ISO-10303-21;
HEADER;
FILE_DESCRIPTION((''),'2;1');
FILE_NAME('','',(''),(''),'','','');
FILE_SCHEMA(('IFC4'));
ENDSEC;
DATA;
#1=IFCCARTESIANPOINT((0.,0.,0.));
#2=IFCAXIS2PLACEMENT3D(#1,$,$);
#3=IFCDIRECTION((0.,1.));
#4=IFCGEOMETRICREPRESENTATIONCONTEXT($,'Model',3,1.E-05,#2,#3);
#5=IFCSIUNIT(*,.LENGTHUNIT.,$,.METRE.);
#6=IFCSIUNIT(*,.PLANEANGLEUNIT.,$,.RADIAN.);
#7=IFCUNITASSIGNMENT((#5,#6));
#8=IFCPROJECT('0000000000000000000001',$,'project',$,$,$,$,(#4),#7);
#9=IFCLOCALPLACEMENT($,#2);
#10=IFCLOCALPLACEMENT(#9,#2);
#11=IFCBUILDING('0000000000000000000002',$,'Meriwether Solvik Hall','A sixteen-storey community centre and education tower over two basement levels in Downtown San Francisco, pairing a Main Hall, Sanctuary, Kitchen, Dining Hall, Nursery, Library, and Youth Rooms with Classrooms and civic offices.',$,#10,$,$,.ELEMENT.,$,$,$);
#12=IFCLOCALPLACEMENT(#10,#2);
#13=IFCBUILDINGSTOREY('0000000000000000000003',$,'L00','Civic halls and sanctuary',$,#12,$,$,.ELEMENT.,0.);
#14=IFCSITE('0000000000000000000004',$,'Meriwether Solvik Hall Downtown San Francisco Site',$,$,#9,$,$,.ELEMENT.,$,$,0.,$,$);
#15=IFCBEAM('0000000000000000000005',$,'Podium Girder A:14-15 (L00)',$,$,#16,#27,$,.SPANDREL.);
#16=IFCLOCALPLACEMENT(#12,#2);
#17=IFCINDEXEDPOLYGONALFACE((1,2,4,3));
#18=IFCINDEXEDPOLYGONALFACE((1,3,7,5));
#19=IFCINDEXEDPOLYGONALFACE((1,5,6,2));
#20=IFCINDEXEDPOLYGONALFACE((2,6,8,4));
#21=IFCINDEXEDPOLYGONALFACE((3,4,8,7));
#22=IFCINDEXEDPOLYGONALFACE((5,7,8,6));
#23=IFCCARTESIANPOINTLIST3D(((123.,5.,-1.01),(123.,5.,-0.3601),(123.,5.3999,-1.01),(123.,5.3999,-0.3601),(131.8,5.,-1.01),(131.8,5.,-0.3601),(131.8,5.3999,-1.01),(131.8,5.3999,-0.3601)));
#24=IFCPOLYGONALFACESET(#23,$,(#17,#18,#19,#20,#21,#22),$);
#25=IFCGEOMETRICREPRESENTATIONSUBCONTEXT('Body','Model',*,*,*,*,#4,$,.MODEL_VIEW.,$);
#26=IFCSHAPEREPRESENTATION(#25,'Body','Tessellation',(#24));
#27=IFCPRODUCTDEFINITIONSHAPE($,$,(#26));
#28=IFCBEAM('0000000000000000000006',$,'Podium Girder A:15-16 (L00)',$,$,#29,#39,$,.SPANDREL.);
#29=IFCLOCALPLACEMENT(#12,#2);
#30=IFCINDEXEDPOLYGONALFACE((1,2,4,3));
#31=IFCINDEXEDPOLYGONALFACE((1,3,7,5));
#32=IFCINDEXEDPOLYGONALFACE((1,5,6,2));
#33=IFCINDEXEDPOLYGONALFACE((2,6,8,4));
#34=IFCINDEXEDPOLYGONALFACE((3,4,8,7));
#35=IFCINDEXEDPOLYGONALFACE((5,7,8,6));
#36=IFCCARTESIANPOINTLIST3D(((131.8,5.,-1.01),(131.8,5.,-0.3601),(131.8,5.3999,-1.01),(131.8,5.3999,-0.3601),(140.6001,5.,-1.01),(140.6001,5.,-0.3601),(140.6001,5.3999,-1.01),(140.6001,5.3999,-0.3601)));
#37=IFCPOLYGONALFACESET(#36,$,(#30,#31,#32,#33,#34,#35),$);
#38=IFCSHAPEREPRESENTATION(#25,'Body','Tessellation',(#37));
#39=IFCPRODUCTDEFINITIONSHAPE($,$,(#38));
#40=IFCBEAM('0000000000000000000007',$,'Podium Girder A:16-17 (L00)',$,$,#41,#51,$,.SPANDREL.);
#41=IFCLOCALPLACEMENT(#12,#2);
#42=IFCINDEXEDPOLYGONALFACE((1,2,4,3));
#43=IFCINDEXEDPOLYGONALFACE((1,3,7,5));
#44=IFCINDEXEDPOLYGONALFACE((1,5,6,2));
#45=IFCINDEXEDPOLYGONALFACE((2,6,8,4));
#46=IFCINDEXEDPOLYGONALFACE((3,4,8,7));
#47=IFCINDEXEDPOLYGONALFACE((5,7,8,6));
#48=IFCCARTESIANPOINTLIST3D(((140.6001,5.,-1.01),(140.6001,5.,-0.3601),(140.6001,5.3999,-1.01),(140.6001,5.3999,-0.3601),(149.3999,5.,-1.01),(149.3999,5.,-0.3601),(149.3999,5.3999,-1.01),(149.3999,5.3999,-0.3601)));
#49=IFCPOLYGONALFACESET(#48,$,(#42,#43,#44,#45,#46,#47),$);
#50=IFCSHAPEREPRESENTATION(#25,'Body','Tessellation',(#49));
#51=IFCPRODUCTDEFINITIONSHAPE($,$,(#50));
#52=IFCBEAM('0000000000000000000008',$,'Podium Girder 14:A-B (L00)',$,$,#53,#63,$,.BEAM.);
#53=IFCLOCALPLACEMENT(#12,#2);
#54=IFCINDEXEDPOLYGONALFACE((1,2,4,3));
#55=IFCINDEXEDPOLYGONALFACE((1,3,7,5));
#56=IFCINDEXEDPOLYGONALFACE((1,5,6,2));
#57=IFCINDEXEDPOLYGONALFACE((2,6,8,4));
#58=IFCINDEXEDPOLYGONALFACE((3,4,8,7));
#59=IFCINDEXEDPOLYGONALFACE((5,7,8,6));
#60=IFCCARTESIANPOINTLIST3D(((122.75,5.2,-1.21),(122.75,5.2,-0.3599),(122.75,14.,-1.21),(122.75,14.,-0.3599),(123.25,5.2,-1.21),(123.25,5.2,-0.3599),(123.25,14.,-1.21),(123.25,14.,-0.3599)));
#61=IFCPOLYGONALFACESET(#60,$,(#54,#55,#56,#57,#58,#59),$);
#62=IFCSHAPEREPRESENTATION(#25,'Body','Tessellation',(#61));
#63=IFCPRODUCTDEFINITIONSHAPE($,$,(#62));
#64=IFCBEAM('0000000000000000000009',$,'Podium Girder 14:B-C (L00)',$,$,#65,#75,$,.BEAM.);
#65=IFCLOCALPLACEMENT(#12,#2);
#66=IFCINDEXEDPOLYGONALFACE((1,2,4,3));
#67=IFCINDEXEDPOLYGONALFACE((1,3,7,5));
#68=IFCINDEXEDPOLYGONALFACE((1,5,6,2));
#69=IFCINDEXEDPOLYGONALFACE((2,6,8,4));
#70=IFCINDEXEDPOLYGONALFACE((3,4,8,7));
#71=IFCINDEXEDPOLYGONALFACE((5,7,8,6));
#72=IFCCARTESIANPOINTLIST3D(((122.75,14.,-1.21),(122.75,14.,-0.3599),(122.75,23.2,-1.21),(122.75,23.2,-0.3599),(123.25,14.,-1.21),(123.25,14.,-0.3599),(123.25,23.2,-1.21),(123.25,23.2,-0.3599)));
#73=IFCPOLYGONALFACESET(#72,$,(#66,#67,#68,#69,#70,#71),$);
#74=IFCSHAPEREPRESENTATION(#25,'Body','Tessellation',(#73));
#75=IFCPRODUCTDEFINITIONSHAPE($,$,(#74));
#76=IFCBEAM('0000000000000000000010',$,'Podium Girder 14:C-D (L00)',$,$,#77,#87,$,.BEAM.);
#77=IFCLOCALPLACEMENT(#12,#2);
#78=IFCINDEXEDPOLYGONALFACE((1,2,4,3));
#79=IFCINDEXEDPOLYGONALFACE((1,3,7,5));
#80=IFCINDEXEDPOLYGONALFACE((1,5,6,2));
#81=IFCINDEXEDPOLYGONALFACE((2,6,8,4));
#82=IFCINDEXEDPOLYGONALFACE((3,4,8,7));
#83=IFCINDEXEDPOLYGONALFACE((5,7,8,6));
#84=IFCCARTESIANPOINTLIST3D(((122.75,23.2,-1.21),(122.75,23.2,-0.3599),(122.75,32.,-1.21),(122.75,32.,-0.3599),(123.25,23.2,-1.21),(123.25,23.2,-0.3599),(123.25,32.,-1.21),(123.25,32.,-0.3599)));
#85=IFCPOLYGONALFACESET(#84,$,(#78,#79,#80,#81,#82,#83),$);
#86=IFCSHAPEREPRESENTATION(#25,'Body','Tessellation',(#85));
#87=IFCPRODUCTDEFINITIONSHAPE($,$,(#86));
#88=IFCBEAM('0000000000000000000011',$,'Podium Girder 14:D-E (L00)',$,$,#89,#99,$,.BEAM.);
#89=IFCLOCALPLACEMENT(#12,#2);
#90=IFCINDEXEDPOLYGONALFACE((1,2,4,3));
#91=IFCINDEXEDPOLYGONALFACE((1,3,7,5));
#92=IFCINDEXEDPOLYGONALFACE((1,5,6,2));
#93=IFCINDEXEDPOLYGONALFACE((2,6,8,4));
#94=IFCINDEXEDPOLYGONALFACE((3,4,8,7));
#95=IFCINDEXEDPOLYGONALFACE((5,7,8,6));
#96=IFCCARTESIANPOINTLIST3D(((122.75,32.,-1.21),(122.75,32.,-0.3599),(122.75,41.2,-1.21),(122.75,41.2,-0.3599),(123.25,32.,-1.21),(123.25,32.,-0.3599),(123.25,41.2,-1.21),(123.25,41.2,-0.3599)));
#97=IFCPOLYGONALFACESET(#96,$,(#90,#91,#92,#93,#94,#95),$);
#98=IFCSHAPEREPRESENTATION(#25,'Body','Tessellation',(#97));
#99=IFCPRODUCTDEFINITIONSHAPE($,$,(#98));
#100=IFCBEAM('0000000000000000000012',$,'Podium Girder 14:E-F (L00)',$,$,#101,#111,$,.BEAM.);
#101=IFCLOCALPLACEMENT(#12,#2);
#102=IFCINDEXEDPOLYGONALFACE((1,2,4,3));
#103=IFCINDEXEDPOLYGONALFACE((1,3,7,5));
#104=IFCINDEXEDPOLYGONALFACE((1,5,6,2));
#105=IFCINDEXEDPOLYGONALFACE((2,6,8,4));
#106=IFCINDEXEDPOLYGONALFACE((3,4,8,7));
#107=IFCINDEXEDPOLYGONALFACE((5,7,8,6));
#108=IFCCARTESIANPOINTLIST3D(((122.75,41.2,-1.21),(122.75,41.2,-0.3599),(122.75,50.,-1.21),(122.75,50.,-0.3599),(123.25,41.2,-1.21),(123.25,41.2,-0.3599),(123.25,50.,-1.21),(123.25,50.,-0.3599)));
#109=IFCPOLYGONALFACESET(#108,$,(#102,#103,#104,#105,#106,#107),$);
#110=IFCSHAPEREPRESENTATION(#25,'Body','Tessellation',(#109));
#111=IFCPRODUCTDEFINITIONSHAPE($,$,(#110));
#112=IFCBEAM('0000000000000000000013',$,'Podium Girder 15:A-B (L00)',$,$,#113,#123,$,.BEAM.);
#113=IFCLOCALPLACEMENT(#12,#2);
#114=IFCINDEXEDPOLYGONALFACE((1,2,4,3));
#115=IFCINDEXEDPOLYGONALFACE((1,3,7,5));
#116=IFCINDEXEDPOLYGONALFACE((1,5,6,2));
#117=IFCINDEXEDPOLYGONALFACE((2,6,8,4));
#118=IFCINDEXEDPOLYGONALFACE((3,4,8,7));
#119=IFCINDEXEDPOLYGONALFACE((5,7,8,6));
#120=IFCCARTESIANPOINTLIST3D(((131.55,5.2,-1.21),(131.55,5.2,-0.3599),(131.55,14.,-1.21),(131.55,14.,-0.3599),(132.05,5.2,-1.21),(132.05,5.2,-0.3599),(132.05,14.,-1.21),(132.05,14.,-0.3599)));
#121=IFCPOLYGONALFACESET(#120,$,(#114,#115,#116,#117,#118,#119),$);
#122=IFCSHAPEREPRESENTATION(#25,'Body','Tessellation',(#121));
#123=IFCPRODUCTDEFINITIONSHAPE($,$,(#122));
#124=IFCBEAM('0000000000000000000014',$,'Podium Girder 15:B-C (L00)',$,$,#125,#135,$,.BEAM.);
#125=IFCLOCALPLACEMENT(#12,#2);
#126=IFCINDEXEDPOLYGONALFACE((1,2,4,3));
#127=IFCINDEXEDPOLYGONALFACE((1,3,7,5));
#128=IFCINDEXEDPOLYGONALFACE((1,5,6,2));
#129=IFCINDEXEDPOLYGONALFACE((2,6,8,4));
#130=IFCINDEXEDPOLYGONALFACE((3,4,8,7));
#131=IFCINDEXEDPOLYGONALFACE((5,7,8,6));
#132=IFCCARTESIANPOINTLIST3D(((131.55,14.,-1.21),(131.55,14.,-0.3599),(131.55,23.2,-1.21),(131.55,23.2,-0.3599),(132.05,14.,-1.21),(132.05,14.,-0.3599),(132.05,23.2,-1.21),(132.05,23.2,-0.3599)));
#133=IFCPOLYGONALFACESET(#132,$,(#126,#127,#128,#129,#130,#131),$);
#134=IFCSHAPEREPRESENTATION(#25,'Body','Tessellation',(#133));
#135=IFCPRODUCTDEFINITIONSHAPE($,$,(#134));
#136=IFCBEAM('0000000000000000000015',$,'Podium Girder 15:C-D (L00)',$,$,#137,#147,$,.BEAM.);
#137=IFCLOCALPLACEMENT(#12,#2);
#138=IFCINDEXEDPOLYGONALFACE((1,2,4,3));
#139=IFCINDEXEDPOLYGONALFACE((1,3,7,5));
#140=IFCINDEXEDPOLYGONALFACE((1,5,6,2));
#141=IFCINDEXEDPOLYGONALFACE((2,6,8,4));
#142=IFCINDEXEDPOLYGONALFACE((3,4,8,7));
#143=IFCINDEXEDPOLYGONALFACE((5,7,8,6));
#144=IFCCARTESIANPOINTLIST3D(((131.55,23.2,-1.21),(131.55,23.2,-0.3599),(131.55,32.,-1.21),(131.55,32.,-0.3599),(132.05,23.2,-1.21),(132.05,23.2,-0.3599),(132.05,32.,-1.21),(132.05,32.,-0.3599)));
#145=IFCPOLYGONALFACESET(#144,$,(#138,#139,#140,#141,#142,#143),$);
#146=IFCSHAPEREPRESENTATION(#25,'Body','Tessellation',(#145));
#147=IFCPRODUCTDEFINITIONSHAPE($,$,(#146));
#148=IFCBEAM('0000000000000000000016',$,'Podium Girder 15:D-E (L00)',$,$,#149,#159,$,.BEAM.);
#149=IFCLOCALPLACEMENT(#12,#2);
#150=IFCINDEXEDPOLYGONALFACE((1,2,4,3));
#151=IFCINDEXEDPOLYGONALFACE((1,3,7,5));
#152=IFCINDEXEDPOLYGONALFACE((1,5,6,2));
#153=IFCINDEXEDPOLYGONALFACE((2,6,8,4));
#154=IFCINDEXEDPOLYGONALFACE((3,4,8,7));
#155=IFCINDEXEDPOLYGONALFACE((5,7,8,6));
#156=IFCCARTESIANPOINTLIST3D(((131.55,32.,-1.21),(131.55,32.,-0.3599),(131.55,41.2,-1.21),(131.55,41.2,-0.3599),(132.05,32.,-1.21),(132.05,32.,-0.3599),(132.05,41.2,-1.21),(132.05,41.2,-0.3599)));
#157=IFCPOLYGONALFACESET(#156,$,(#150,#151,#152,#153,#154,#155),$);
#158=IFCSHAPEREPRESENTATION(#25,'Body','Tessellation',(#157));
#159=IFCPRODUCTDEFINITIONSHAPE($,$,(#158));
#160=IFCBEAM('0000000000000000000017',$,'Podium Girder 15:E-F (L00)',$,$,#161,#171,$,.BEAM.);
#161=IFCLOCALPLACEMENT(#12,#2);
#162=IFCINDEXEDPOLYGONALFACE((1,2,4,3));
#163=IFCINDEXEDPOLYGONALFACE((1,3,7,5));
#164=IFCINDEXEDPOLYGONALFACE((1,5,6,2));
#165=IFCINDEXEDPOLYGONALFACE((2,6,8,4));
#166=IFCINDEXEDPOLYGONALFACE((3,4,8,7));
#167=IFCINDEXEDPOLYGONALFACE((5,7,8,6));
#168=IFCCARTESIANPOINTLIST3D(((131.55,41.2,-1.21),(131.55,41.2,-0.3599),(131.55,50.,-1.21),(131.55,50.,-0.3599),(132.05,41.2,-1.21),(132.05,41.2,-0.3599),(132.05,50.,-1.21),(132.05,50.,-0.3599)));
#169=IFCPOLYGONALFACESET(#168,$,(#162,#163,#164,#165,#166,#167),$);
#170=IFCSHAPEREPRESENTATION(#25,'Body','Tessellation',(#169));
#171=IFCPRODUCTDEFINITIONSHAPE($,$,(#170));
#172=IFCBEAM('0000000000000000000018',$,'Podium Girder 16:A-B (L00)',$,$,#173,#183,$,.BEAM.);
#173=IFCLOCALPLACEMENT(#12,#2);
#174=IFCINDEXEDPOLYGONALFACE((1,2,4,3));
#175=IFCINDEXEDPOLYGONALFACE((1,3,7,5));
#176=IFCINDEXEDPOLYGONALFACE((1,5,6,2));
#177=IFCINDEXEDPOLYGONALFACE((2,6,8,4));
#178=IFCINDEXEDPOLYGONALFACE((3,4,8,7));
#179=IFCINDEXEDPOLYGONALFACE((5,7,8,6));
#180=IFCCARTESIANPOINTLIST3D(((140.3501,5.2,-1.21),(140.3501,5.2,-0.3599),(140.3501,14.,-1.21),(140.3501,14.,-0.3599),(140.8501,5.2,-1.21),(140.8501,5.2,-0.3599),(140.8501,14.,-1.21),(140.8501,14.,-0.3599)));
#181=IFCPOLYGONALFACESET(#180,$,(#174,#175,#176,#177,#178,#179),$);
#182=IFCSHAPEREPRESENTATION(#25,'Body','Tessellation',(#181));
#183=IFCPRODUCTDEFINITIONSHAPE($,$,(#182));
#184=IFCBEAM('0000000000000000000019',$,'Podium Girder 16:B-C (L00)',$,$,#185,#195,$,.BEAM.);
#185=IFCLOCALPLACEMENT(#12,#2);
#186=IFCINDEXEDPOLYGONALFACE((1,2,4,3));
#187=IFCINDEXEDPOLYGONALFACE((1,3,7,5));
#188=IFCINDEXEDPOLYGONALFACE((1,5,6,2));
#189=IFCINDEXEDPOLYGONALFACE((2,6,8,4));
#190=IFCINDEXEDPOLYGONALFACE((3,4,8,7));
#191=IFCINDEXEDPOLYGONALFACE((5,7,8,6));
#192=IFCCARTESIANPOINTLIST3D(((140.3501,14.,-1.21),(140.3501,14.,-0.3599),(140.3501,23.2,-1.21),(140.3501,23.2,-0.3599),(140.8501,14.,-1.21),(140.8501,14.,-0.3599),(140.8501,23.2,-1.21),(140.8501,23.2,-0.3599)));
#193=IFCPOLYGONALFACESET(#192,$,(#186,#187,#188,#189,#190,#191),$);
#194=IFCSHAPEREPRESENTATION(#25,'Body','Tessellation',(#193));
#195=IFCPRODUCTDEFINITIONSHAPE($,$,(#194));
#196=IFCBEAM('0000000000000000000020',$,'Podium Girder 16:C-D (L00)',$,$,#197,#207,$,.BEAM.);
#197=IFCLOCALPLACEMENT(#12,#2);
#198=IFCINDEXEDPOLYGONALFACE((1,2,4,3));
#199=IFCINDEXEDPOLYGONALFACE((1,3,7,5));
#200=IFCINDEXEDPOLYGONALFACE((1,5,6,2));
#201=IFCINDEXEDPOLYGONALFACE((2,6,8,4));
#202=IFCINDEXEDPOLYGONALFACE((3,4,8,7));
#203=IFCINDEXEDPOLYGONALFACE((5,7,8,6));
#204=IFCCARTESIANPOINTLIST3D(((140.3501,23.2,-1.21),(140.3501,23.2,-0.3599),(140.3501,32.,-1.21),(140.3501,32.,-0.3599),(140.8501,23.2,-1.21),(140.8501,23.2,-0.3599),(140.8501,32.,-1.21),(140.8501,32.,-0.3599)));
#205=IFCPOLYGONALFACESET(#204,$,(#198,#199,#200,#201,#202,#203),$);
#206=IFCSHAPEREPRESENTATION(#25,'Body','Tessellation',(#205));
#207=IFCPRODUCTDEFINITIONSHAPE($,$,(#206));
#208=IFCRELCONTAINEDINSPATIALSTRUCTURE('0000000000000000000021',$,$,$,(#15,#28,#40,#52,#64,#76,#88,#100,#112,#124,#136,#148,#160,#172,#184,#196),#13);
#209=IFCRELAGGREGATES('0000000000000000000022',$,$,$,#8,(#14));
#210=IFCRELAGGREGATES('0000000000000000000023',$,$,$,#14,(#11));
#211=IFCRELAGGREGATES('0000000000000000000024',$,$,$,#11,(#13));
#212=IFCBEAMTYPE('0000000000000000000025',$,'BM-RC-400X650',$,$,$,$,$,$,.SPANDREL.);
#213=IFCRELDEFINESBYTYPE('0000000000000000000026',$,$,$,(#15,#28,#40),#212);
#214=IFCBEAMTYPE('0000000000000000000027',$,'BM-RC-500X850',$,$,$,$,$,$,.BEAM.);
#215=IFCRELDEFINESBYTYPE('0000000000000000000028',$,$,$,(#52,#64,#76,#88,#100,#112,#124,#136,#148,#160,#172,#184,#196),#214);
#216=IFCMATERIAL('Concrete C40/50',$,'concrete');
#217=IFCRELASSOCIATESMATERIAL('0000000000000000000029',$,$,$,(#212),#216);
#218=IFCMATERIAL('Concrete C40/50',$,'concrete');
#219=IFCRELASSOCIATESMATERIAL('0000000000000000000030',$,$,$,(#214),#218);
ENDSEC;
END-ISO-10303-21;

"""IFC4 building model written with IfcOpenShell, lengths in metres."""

from ifc_helpers import new_model, si_unit, direction, frame, origin, origin_2d, place, context, subcontext, project, spatial, rectangle, extrude, material, material_profile, profile_set, type_object, element, save


model = new_model("IFC4")

# Units and contexts
model_context = context("Model", 3, precision=1e-05, world=origin(), true_north=direction((0.0, 1.0)))
body_context = subcontext(model_context, "Body", "Model", "MODEL_VIEW")
ifc_project = project(units=[si_unit("LENGTHUNIT", "METRE"), si_unit("PLANEANGLEUNIT", "RADIAN")], contexts=[model_context])

# Site, building, storey
site_placement = place(None, origin())
site = spatial("IfcSite", under=ifc_project, at=site_placement, Name="Meriwether Solvik Hall Downtown San Francisco Site", CompositionType="ELEMENT", RefElevation=0.0)
building_placement = place(site_placement, origin())
building = spatial("IfcBuilding", under=site, at=building_placement, Name="Meriwether Solvik Hall", Description="A sixteen-storey community centre and education tower over two basement levels in Downtown San Francisco, pairing a Main Hall, Sanctuary, Kitchen, Dining Hall, Nursery, Library, and Youth Rooms with Classrooms and civic offices.", CompositionType="ELEMENT")
storey_placement = place(building_placement, origin())
storey = spatial("IfcBuildingStorey", under=building, at=storey_placement, Name="L00", Description="Civic halls and sanctuary", CompositionType="ELEMENT", Elevation=0.0)

# Beams
ifc_material_1 = material(Name="Concrete C40/50", Category="concrete")
ifc_material_profile_1 = material_profile(ifc_material_1, rectangle(XDim=0.3999, YDim=0.6499, at=origin_2d()), Name="RCB-400X650")
ifc_profile_set_1 = profile_set([ifc_material_profile_1], Name="Concrete C40/50")
beam_type_1 = type_object("IfcBeamType", Name="BM-RC-400X650", PredefinedType="SPANDREL", material=ifc_profile_set_1)
for number, where, z_axis, x_axis, name in (
    (1, (123.0, 5.2, -0.6851), (1.0, 0.0, 0.0), (0.0, 1.0, 0.0), "Podium Girder A:14-15 (L00)"),
    (2, (131.8, 5.2, -0.6851), (1.0, 0.0, 0.0), (0.0, 1.0, 0.0), "Podium Girder A:15-16 (L00)"),
):
    element("IfcBeam", number, at=place(storey_placement, frame(where, z_axis=z_axis, x_axis=x_axis)), inside=storey, type_object=beam_type_1, Name=name, PredefinedType="SPANDREL", context=body_context, shape_type="SweptSolid", body=[
        extrude(rectangle(XDim=0.3999, YDim=0.6499, at=origin_2d()), origin(), (0.0, 0.0, 1.0), 8.8),
    ])
beam_1_placement = place(storey_placement, frame((140.6001, 5.2, -0.6851), z_axis=(1.0, 0.0, 0.0), x_axis=(0.0, 1.0, 0.0)))
element("IfcBeam", 3, at=beam_1_placement, inside=storey, type_object=beam_type_1, Name="Podium Girder A:16-17 (L00)", PredefinedType="SPANDREL", context=body_context, shape_type="SweptSolid", body=[
    extrude(rectangle(XDim=0.3999, YDim=0.6499, at=origin_2d()), origin(), (0.0, 0.0, 1.0), 8.7998),
])
ifc_material_2 = material(Name="Concrete C40/50", Category="concrete")
ifc_material_profile_2 = material_profile(ifc_material_2, rectangle(XDim=0.5, YDim=0.8501, at=origin_2d()), Name="RCB-500X850")
ifc_profile_set_2 = profile_set([ifc_material_profile_2], Name="Concrete C40/50")
beam_type_2 = type_object("IfcBeamType", Name="BM-RC-500X850", PredefinedType="BEAM", material=ifc_profile_set_2)
beam_2_placement = place(storey_placement, frame((123.0, 5.2, -0.7849), z_axis=(0.0, 1.0, 0.0), x_axis=(-1.0, 0.0, 0.0)))
element("IfcBeam", 4, at=beam_2_placement, inside=storey, type_object=beam_type_2, Name="Podium Girder 14:A-B (L00)", PredefinedType="BEAM", context=body_context, shape_type="SweptSolid", body=[
    extrude(rectangle(XDim=0.5, YDim=0.8501, at=origin_2d()), origin(), (0.0, 0.0, 1.0), 8.8),
])
beam_3_placement = place(storey_placement, frame((123.0, 14.0, -0.7849), z_axis=(0.0, 1.0, 0.0), x_axis=(-1.0, 0.0, 0.0)))
element("IfcBeam", 5, at=beam_3_placement, inside=storey, type_object=beam_type_2, Name="Podium Girder 14:B-C (L00)", PredefinedType="BEAM", context=body_context, shape_type="SweptSolid", body=[
    extrude(rectangle(XDim=0.5, YDim=0.8501, at=origin_2d()), origin(), (0.0, 0.0, 1.0), 9.2),
])
beam_4_placement = place(storey_placement, frame((123.0, 23.2, -0.7849), z_axis=(0.0, 1.0, 0.0), x_axis=(-1.0, 0.0, 0.0)))
element("IfcBeam", 6, at=beam_4_placement, inside=storey, type_object=beam_type_2, Name="Podium Girder 14:C-D (L00)", PredefinedType="BEAM", context=body_context, shape_type="SweptSolid", body=[
    extrude(rectangle(XDim=0.5, YDim=0.8501, at=origin_2d()), origin(), (0.0, 0.0, 1.0), 8.8),
])
beam_5_placement = place(storey_placement, frame((123.0, 32.0, -0.7849), z_axis=(0.0, 1.0, 0.0), x_axis=(-1.0, 0.0, 0.0)))
element("IfcBeam", 7, at=beam_5_placement, inside=storey, type_object=beam_type_2, Name="Podium Girder 14:D-E (L00)", PredefinedType="BEAM", context=body_context, shape_type="SweptSolid", body=[
    extrude(rectangle(XDim=0.5, YDim=0.8501, at=origin_2d()), origin(), (0.0, 0.0, 1.0), 9.2),
])
for number, where, z_axis, x_axis, name in (
    (8, (123.0, 41.2, -0.7849), (0.0, 1.0, 0.0), (-1.0, 0.0, 0.0), "Podium Girder 14:E-F (L00)"),
    (9, (131.8, 5.2, -0.7849), (0.0, 1.0, 0.0), (-1.0, 0.0, 0.0), "Podium Girder 15:A-B (L00)"),
):
    element("IfcBeam", number, at=place(storey_placement, frame(where, z_axis=z_axis, x_axis=x_axis)), inside=storey, type_object=beam_type_2, Name=name, PredefinedType="BEAM", context=body_context, shape_type="SweptSolid", body=[
        extrude(rectangle(XDim=0.5, YDim=0.8501, at=origin_2d()), origin(), (0.0, 0.0, 1.0), 8.8),
    ])
beam_6_placement = place(storey_placement, frame((131.8, 14.0, -0.7849), z_axis=(0.0, 1.0, 0.0), x_axis=(-1.0, 0.0, 0.0)))
element("IfcBeam", 10, at=beam_6_placement, inside=storey, type_object=beam_type_2, Name="Podium Girder 15:B-C (L00)", PredefinedType="BEAM", context=body_context, shape_type="SweptSolid", body=[
    extrude(rectangle(XDim=0.5, YDim=0.8501, at=origin_2d()), origin(), (0.0, 0.0, 1.0), 9.2),
])
beam_7_placement = place(storey_placement, frame((131.8, 23.2, -0.7849), z_axis=(0.0, 1.0, 0.0), x_axis=(-1.0, 0.0, 0.0)))
element("IfcBeam", 11, at=beam_7_placement, inside=storey, type_object=beam_type_2, Name="Podium Girder 15:C-D (L00)", PredefinedType="BEAM", context=body_context, shape_type="SweptSolid", body=[
    extrude(rectangle(XDim=0.5, YDim=0.8501, at=origin_2d()), origin(), (0.0, 0.0, 1.0), 8.8),
])
beam_8_placement = place(storey_placement, frame((131.8, 32.0, -0.7849), z_axis=(0.0, 1.0, 0.0), x_axis=(-1.0, 0.0, 0.0)))
element("IfcBeam", 12, at=beam_8_placement, inside=storey, type_object=beam_type_2, Name="Podium Girder 15:D-E (L00)", PredefinedType="BEAM", context=body_context, shape_type="SweptSolid", body=[
    extrude(rectangle(XDim=0.5, YDim=0.8501, at=origin_2d()), origin(), (0.0, 0.0, 1.0), 9.2),
])
for number, where, z_axis, x_axis, name in (
    (13, (131.8, 41.2, -0.7849), (0.0, 1.0, 0.0), (-1.0, 0.0, 0.0), "Podium Girder 15:E-F (L00)"),
    (14, (140.6001, 5.2, -0.7849), (0.0, 1.0, 0.0), (-1.0, 0.0, 0.0), "Podium Girder 16:A-B (L00)"),
):
    element("IfcBeam", number, at=place(storey_placement, frame(where, z_axis=z_axis, x_axis=x_axis)), inside=storey, type_object=beam_type_2, Name=name, PredefinedType="BEAM", context=body_context, shape_type="SweptSolid", body=[
        extrude(rectangle(XDim=0.5, YDim=0.8501, at=origin_2d()), origin(), (0.0, 0.0, 1.0), 8.8),
    ])
beam_9_placement = place(storey_placement, frame((140.6001, 14.0, -0.7849), z_axis=(0.0, 1.0, 0.0), x_axis=(-1.0, 0.0, 0.0)))
element("IfcBeam", 15, at=beam_9_placement, inside=storey, type_object=beam_type_2, Name="Podium Girder 16:B-C (L00)", PredefinedType="BEAM", context=body_context, shape_type="SweptSolid", body=[
    extrude(rectangle(XDim=0.5, YDim=0.8501, at=origin_2d()), origin(), (0.0, 0.0, 1.0), 9.2),
])
beam_10_placement = place(storey_placement, frame((140.6001, 23.2, -0.7849), z_axis=(0.0, 1.0, 0.0), x_axis=(-1.0, 0.0, 0.0)))
element("IfcBeam", 16, at=beam_10_placement, inside=storey, type_object=beam_type_2, Name="Podium Girder 16:C-D (L00)", PredefinedType="BEAM", context=body_context, shape_type="SweptSolid", body=[
    extrude(rectangle(XDim=0.5, YDim=0.8501, at=origin_2d()), origin(), (0.0, 0.0, 1.0), 8.8),
])

save(model, "model.ifc")
